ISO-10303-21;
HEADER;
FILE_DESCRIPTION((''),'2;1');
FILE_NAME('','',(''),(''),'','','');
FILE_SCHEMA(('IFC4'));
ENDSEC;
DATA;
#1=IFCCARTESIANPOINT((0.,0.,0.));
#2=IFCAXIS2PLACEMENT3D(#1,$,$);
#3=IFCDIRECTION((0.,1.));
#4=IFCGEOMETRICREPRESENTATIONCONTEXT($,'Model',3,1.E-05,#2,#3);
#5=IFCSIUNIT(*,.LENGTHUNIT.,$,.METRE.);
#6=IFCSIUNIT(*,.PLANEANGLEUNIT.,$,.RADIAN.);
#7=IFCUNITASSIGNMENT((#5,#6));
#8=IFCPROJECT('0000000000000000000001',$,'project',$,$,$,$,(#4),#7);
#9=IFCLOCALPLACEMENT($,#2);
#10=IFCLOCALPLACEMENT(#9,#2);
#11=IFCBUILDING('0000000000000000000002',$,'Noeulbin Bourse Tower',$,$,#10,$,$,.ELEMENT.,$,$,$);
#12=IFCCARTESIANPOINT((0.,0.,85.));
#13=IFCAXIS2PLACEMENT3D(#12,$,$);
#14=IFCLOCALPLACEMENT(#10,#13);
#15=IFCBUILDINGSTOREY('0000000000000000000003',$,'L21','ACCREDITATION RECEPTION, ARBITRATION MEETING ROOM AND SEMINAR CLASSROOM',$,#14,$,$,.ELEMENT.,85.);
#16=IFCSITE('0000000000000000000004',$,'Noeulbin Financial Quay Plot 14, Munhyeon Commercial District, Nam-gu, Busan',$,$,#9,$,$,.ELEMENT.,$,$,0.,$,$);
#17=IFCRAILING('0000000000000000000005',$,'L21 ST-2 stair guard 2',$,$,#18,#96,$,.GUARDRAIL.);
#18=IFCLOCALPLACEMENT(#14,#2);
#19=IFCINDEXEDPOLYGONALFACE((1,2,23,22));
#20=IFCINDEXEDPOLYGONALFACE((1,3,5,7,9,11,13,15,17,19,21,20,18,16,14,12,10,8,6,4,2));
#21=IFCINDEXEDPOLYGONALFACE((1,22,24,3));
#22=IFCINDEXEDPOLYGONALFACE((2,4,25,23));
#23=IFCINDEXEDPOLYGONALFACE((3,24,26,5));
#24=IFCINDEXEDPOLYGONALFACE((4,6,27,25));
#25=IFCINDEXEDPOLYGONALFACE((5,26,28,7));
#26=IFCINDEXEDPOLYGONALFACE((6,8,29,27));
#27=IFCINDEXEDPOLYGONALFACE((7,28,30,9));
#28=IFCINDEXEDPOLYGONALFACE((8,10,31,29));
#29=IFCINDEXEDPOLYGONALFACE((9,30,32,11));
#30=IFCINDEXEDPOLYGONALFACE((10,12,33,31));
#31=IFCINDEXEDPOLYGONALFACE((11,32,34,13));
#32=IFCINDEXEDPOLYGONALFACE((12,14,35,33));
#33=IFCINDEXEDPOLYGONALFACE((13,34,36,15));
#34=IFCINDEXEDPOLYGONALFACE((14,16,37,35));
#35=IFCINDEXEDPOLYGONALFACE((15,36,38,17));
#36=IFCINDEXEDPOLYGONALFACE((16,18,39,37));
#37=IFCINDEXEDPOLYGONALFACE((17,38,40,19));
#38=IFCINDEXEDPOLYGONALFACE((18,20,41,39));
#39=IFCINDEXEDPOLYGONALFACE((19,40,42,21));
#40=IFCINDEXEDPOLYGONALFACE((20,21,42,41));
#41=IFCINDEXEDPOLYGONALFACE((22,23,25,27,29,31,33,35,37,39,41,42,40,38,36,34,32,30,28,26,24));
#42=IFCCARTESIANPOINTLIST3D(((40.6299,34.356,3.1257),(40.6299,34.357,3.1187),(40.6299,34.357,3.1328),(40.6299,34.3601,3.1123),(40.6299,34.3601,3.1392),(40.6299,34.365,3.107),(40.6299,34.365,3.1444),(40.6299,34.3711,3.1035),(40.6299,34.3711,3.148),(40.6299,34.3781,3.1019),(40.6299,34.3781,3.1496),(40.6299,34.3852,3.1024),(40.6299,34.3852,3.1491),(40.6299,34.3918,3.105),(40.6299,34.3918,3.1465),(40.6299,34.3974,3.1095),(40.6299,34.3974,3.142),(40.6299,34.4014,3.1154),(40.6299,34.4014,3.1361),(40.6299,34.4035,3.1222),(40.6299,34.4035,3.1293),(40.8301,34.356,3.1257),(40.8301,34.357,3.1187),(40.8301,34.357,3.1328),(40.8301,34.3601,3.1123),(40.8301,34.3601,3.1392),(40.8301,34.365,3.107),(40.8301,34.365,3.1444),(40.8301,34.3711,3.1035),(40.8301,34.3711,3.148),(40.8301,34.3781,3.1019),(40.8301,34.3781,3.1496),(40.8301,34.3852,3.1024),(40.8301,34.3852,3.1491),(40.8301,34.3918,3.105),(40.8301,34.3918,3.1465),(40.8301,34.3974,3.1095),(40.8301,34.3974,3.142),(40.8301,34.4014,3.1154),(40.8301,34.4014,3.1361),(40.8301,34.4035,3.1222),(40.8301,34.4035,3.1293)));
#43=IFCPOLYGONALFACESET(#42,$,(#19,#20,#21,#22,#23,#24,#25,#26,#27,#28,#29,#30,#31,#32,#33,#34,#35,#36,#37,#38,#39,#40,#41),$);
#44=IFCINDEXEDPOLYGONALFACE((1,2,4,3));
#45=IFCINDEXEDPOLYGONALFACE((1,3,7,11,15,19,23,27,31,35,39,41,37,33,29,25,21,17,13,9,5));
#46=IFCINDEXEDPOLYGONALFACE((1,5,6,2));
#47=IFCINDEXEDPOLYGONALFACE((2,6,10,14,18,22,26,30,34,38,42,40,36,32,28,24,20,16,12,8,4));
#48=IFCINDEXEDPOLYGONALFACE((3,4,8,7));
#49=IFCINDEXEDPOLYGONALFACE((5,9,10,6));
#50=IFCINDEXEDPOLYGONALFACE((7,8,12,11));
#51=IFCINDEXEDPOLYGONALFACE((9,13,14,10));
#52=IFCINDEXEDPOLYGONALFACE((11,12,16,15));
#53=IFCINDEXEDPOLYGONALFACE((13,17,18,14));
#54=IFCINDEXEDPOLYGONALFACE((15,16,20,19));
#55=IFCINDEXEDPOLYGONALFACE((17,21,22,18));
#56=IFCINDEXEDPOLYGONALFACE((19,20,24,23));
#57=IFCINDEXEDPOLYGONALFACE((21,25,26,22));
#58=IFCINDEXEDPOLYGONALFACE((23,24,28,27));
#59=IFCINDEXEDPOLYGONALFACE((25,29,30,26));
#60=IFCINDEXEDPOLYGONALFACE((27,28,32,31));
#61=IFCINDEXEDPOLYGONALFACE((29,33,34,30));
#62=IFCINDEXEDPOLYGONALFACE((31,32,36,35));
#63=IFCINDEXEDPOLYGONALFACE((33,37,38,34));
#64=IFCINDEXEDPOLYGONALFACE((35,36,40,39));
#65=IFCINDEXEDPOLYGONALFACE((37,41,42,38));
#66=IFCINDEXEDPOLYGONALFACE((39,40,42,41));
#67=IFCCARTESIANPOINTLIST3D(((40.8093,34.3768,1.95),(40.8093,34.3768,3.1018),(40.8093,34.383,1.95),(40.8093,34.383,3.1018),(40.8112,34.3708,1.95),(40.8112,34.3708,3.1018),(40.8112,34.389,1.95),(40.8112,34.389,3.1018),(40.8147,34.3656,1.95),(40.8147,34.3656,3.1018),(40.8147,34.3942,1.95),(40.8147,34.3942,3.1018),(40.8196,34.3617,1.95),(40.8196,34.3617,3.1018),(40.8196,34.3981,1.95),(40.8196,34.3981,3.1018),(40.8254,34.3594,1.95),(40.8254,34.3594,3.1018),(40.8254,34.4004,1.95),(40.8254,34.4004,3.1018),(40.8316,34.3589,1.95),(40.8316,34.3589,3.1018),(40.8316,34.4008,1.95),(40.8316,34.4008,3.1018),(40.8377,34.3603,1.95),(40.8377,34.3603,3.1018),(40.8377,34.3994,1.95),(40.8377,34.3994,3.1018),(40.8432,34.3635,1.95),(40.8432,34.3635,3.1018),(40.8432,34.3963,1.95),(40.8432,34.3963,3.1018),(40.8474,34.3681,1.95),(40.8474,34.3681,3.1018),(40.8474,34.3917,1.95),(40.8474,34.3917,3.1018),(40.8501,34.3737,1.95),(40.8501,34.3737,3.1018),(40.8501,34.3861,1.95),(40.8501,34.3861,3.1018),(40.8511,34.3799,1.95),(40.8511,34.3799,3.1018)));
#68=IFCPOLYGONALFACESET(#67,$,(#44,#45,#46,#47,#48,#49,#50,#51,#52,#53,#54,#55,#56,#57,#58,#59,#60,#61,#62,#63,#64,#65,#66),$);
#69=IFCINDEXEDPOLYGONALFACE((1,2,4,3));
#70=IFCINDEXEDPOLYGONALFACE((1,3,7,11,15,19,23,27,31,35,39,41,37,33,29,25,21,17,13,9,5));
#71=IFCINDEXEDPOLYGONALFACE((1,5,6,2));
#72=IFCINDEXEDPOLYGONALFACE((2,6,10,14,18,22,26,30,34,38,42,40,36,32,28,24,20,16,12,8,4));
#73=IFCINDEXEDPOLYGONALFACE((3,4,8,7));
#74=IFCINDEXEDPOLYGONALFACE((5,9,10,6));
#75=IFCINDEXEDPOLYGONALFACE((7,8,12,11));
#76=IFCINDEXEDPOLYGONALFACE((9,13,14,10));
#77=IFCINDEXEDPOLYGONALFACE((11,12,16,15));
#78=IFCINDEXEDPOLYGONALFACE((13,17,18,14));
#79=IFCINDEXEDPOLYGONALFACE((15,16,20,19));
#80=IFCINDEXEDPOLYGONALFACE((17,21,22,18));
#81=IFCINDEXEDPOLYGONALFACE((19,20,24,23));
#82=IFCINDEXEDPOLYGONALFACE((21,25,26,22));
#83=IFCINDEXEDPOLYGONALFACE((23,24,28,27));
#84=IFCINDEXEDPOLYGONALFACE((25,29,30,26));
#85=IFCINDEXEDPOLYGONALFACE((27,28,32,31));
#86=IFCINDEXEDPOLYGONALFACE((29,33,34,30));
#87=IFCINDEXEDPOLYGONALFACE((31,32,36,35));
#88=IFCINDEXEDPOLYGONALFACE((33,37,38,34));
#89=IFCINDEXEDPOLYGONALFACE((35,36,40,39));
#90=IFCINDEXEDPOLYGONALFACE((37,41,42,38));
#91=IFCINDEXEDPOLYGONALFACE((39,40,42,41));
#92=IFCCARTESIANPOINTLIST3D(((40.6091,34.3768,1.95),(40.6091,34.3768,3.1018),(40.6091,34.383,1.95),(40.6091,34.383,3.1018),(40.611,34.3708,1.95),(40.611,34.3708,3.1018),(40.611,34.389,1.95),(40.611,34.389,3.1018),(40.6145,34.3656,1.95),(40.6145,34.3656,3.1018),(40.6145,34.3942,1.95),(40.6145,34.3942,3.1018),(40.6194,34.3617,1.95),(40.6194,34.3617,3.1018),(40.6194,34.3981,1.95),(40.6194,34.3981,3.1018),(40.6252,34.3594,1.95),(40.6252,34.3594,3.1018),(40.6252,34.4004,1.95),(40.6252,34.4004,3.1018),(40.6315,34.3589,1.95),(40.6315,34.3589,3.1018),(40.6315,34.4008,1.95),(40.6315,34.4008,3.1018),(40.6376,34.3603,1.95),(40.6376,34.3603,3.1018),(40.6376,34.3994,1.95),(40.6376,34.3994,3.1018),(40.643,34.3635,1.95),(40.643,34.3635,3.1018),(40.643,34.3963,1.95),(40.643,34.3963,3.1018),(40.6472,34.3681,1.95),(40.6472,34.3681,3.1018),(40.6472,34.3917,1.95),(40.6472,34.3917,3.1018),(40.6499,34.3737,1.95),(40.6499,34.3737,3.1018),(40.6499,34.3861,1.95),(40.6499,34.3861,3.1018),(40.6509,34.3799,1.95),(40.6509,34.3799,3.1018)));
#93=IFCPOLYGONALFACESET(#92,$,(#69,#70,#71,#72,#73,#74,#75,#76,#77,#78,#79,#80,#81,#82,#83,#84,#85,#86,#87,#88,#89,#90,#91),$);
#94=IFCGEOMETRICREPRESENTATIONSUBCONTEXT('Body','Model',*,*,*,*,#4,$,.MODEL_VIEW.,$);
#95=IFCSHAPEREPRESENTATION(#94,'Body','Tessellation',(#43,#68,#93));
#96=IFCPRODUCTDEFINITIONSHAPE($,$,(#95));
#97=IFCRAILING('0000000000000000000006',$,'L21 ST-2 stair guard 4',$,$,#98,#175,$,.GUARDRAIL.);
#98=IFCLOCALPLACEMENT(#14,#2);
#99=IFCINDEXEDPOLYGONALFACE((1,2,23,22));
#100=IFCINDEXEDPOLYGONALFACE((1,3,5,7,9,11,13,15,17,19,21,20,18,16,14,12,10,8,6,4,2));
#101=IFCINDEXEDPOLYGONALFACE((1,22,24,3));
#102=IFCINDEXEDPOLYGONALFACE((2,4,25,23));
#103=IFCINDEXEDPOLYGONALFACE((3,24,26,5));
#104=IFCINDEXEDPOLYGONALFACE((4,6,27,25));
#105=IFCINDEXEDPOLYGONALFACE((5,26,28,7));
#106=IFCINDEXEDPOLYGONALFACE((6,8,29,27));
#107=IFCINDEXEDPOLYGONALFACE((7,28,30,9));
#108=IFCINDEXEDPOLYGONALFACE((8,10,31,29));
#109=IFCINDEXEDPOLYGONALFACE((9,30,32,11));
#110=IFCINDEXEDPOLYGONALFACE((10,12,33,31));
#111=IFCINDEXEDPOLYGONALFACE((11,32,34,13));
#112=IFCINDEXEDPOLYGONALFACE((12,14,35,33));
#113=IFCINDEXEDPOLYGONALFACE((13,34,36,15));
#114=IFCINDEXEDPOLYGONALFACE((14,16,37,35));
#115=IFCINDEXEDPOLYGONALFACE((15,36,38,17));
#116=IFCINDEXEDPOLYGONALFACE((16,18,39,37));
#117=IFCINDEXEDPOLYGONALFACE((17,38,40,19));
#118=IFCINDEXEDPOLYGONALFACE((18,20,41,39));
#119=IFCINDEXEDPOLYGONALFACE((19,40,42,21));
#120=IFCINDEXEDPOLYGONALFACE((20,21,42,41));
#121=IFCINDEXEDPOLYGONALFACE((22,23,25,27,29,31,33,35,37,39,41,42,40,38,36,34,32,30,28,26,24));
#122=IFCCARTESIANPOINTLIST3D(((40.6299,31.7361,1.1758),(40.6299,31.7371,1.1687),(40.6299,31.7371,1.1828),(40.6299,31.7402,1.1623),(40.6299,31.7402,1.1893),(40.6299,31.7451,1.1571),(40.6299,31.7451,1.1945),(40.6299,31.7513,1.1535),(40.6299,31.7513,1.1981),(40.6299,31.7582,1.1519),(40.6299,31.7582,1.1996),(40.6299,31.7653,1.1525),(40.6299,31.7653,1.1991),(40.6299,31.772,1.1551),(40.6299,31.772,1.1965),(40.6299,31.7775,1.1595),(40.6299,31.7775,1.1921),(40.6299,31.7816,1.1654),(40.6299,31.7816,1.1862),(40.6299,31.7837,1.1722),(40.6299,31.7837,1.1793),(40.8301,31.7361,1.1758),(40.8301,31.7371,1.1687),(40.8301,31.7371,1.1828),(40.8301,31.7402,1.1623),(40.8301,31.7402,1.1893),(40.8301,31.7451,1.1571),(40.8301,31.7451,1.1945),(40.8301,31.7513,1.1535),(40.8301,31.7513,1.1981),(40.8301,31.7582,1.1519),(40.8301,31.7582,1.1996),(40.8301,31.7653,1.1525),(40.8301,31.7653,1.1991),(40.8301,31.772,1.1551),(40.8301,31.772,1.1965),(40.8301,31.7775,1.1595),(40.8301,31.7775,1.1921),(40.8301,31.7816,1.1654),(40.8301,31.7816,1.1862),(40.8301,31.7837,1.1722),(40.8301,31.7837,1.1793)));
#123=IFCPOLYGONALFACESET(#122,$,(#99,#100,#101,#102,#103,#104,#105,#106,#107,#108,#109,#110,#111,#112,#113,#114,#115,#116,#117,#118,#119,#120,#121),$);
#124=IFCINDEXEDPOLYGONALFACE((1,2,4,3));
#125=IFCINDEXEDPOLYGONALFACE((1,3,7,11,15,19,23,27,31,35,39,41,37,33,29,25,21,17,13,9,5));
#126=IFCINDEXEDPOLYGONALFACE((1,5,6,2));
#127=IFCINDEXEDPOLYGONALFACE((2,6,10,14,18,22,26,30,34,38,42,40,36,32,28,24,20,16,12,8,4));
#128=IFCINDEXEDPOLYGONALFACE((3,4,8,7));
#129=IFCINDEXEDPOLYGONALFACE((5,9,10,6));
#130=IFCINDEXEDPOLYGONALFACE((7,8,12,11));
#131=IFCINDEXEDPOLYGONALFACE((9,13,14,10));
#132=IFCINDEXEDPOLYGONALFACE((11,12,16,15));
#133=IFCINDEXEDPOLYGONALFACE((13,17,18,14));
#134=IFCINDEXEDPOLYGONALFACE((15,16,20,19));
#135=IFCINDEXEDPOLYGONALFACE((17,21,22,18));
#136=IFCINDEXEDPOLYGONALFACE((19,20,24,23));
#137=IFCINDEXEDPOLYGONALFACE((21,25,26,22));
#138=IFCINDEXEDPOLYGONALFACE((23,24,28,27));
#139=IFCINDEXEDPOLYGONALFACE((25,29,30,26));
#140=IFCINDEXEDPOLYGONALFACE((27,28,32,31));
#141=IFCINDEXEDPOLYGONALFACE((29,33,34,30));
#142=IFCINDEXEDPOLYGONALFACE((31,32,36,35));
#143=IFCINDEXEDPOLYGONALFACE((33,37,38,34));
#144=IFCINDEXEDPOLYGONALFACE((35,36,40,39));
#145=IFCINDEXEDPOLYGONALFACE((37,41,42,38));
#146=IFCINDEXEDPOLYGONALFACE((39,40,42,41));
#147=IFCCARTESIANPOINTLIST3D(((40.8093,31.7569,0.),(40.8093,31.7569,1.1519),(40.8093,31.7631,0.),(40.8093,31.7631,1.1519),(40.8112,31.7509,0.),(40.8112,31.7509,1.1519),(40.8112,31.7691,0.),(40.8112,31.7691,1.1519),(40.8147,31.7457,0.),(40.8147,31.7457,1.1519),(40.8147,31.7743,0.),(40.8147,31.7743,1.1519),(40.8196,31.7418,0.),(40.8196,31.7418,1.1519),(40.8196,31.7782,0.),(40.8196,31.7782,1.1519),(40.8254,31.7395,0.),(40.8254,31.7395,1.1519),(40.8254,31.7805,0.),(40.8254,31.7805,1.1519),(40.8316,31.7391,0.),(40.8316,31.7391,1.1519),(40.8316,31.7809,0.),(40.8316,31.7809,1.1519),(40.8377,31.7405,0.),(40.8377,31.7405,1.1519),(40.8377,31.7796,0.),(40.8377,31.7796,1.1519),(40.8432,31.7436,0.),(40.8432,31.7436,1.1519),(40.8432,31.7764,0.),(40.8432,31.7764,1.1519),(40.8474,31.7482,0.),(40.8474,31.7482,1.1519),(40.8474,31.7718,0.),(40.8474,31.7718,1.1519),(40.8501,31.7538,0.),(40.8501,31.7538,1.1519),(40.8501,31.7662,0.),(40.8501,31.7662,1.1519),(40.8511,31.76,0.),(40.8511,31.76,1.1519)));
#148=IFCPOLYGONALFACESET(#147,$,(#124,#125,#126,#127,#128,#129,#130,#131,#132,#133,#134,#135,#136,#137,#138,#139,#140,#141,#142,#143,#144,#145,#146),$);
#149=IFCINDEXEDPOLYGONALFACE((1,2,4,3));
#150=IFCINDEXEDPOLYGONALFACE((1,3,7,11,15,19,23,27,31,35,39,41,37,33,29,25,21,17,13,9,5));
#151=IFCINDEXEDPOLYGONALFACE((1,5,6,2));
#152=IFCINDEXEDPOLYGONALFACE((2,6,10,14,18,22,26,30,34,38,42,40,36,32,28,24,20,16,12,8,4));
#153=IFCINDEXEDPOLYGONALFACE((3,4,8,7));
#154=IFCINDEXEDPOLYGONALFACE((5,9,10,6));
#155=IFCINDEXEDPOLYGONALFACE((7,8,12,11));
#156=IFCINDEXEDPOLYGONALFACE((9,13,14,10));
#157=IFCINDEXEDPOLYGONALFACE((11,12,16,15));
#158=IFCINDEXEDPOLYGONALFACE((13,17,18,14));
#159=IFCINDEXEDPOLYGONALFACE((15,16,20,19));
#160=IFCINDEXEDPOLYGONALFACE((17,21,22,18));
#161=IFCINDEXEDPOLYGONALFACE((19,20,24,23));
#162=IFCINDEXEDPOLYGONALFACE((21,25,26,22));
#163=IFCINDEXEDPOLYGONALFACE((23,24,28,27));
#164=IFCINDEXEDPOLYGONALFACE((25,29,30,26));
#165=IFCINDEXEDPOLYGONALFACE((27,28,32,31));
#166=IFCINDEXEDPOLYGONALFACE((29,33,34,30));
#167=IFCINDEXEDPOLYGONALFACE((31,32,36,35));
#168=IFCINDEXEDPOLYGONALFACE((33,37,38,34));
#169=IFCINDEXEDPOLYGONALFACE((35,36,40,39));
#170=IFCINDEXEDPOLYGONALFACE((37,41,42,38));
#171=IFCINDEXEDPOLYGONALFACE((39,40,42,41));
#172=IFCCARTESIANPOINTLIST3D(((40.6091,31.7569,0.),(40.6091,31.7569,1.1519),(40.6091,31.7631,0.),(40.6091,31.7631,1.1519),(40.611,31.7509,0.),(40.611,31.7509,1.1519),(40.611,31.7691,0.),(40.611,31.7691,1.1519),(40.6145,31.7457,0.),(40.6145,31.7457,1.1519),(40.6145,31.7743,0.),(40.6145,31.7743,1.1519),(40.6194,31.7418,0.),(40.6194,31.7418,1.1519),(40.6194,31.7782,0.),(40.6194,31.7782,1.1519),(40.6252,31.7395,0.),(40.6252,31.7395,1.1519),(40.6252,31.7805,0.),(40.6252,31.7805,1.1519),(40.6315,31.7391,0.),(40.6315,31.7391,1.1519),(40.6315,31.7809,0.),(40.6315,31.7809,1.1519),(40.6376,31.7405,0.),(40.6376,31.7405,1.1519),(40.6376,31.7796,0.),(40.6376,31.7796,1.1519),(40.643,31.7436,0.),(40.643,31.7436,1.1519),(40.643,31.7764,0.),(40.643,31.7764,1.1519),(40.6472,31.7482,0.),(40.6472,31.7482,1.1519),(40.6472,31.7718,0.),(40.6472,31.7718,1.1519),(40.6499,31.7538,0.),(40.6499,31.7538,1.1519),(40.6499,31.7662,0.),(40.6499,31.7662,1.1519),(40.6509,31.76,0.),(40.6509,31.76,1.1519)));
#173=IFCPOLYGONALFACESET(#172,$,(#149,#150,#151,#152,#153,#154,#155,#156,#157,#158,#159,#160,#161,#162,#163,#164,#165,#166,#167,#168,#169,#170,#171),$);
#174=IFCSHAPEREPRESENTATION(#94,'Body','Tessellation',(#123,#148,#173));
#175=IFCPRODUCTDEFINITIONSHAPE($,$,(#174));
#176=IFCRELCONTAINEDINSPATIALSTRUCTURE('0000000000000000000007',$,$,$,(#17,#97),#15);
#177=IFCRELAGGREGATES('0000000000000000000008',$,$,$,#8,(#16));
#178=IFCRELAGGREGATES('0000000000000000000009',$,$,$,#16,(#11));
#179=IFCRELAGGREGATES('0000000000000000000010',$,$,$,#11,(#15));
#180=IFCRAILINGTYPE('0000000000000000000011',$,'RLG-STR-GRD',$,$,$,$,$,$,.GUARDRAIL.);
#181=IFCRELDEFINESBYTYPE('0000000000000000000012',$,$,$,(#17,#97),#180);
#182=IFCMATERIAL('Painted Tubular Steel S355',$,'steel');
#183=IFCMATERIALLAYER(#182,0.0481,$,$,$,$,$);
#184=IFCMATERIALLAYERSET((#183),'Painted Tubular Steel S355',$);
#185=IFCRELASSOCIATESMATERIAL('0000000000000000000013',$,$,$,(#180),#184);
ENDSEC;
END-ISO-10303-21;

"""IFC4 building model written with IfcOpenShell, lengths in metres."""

from ifc_helpers import new_model, si_unit, direction, frame, origin, origin_2d, place, context, subcontext, project, spatial, circle, extrude, material, layer, layer_set, type_object, element, save


model = new_model("IFC4")

# Units and contexts
model_context = context("Model", 3, precision=1e-05, world=origin(), true_north=direction((0.0, 1.0)))
body_context = subcontext(model_context, "Body", "Model", "MODEL_VIEW")
ifc_project = project(units=[si_unit("LENGTHUNIT", "METRE"), si_unit("PLANEANGLEUNIT", "RADIAN")], contexts=[model_context])

# Site, building, storey
site_placement = place(None, origin())
site = spatial("IfcSite", under=ifc_project, at=site_placement, Name="Noeulbin Financial Quay Plot 14, Munhyeon Commercial District, Nam-gu, Busan", CompositionType="ELEMENT", RefElevation=0.0)
building_placement = place(site_placement, origin())
building = spatial("IfcBuilding", under=site, at=building_placement, Name="Noeulbin Bourse Tower", CompositionType="ELEMENT")
storey_placement = place(building_placement, frame((0.0, 0.0, 85.0)))
storey = spatial("IfcBuildingStorey", under=building, at=storey_placement, Name="L21", Description="ACCREDITATION RECEPTION, ARBITRATION MEETING ROOM AND SEMINAR CLASSROOM", CompositionType="ELEMENT", Elevation=85.0)

# Railings
ifc_material_1 = material(Name="Painted Tubular Steel S355", Category="steel")
ifc_layer_1 = layer(ifc_material_1, 0.0481)
ifc_layer_set_1 = layer_set([ifc_layer_1], Name="Painted Tubular Steel S355")
railing_type_1 = type_object("IfcRailingType", Name="RLG-STR-GRD", PredefinedType="GUARDRAIL", material=ifc_layer_set_1)
for number, where, name in (
    (1, (40.8301, 34.3799, 1.95), "L21 ST-2 stair guard 2"),
    (2, (40.8301, 31.76, 0.0), "L21 ST-2 stair guard 4"),
):
    element("IfcRailing", number, at=place(storey_placement, frame(where)), inside=storey, type_object=railing_type_1, Name=name, PredefinedType="GUARDRAIL", context=body_context, shape_type="SweptSolid", body=[
        extrude(circle(Radius=0.0239, at=origin_2d()), frame((0.0, 0.0, 1.1758), z_axis=(-1.0, 0.0, 0.0), x_axis=(0.0, -1.0, 0.0)), (0.0, 0.0, 1.0), 0.2002),
        extrude(circle(Radius=0.021, at=origin_2d()), origin(), (0.0, 0.0, 1.0), 1.1519),
        extrude(circle(Radius=0.021, at=origin_2d()), frame((-0.2002, 0.0, 0.0)), (0.0, 0.0, 1.0), 1.1519),
    ])

save(model, "model.ifc")
